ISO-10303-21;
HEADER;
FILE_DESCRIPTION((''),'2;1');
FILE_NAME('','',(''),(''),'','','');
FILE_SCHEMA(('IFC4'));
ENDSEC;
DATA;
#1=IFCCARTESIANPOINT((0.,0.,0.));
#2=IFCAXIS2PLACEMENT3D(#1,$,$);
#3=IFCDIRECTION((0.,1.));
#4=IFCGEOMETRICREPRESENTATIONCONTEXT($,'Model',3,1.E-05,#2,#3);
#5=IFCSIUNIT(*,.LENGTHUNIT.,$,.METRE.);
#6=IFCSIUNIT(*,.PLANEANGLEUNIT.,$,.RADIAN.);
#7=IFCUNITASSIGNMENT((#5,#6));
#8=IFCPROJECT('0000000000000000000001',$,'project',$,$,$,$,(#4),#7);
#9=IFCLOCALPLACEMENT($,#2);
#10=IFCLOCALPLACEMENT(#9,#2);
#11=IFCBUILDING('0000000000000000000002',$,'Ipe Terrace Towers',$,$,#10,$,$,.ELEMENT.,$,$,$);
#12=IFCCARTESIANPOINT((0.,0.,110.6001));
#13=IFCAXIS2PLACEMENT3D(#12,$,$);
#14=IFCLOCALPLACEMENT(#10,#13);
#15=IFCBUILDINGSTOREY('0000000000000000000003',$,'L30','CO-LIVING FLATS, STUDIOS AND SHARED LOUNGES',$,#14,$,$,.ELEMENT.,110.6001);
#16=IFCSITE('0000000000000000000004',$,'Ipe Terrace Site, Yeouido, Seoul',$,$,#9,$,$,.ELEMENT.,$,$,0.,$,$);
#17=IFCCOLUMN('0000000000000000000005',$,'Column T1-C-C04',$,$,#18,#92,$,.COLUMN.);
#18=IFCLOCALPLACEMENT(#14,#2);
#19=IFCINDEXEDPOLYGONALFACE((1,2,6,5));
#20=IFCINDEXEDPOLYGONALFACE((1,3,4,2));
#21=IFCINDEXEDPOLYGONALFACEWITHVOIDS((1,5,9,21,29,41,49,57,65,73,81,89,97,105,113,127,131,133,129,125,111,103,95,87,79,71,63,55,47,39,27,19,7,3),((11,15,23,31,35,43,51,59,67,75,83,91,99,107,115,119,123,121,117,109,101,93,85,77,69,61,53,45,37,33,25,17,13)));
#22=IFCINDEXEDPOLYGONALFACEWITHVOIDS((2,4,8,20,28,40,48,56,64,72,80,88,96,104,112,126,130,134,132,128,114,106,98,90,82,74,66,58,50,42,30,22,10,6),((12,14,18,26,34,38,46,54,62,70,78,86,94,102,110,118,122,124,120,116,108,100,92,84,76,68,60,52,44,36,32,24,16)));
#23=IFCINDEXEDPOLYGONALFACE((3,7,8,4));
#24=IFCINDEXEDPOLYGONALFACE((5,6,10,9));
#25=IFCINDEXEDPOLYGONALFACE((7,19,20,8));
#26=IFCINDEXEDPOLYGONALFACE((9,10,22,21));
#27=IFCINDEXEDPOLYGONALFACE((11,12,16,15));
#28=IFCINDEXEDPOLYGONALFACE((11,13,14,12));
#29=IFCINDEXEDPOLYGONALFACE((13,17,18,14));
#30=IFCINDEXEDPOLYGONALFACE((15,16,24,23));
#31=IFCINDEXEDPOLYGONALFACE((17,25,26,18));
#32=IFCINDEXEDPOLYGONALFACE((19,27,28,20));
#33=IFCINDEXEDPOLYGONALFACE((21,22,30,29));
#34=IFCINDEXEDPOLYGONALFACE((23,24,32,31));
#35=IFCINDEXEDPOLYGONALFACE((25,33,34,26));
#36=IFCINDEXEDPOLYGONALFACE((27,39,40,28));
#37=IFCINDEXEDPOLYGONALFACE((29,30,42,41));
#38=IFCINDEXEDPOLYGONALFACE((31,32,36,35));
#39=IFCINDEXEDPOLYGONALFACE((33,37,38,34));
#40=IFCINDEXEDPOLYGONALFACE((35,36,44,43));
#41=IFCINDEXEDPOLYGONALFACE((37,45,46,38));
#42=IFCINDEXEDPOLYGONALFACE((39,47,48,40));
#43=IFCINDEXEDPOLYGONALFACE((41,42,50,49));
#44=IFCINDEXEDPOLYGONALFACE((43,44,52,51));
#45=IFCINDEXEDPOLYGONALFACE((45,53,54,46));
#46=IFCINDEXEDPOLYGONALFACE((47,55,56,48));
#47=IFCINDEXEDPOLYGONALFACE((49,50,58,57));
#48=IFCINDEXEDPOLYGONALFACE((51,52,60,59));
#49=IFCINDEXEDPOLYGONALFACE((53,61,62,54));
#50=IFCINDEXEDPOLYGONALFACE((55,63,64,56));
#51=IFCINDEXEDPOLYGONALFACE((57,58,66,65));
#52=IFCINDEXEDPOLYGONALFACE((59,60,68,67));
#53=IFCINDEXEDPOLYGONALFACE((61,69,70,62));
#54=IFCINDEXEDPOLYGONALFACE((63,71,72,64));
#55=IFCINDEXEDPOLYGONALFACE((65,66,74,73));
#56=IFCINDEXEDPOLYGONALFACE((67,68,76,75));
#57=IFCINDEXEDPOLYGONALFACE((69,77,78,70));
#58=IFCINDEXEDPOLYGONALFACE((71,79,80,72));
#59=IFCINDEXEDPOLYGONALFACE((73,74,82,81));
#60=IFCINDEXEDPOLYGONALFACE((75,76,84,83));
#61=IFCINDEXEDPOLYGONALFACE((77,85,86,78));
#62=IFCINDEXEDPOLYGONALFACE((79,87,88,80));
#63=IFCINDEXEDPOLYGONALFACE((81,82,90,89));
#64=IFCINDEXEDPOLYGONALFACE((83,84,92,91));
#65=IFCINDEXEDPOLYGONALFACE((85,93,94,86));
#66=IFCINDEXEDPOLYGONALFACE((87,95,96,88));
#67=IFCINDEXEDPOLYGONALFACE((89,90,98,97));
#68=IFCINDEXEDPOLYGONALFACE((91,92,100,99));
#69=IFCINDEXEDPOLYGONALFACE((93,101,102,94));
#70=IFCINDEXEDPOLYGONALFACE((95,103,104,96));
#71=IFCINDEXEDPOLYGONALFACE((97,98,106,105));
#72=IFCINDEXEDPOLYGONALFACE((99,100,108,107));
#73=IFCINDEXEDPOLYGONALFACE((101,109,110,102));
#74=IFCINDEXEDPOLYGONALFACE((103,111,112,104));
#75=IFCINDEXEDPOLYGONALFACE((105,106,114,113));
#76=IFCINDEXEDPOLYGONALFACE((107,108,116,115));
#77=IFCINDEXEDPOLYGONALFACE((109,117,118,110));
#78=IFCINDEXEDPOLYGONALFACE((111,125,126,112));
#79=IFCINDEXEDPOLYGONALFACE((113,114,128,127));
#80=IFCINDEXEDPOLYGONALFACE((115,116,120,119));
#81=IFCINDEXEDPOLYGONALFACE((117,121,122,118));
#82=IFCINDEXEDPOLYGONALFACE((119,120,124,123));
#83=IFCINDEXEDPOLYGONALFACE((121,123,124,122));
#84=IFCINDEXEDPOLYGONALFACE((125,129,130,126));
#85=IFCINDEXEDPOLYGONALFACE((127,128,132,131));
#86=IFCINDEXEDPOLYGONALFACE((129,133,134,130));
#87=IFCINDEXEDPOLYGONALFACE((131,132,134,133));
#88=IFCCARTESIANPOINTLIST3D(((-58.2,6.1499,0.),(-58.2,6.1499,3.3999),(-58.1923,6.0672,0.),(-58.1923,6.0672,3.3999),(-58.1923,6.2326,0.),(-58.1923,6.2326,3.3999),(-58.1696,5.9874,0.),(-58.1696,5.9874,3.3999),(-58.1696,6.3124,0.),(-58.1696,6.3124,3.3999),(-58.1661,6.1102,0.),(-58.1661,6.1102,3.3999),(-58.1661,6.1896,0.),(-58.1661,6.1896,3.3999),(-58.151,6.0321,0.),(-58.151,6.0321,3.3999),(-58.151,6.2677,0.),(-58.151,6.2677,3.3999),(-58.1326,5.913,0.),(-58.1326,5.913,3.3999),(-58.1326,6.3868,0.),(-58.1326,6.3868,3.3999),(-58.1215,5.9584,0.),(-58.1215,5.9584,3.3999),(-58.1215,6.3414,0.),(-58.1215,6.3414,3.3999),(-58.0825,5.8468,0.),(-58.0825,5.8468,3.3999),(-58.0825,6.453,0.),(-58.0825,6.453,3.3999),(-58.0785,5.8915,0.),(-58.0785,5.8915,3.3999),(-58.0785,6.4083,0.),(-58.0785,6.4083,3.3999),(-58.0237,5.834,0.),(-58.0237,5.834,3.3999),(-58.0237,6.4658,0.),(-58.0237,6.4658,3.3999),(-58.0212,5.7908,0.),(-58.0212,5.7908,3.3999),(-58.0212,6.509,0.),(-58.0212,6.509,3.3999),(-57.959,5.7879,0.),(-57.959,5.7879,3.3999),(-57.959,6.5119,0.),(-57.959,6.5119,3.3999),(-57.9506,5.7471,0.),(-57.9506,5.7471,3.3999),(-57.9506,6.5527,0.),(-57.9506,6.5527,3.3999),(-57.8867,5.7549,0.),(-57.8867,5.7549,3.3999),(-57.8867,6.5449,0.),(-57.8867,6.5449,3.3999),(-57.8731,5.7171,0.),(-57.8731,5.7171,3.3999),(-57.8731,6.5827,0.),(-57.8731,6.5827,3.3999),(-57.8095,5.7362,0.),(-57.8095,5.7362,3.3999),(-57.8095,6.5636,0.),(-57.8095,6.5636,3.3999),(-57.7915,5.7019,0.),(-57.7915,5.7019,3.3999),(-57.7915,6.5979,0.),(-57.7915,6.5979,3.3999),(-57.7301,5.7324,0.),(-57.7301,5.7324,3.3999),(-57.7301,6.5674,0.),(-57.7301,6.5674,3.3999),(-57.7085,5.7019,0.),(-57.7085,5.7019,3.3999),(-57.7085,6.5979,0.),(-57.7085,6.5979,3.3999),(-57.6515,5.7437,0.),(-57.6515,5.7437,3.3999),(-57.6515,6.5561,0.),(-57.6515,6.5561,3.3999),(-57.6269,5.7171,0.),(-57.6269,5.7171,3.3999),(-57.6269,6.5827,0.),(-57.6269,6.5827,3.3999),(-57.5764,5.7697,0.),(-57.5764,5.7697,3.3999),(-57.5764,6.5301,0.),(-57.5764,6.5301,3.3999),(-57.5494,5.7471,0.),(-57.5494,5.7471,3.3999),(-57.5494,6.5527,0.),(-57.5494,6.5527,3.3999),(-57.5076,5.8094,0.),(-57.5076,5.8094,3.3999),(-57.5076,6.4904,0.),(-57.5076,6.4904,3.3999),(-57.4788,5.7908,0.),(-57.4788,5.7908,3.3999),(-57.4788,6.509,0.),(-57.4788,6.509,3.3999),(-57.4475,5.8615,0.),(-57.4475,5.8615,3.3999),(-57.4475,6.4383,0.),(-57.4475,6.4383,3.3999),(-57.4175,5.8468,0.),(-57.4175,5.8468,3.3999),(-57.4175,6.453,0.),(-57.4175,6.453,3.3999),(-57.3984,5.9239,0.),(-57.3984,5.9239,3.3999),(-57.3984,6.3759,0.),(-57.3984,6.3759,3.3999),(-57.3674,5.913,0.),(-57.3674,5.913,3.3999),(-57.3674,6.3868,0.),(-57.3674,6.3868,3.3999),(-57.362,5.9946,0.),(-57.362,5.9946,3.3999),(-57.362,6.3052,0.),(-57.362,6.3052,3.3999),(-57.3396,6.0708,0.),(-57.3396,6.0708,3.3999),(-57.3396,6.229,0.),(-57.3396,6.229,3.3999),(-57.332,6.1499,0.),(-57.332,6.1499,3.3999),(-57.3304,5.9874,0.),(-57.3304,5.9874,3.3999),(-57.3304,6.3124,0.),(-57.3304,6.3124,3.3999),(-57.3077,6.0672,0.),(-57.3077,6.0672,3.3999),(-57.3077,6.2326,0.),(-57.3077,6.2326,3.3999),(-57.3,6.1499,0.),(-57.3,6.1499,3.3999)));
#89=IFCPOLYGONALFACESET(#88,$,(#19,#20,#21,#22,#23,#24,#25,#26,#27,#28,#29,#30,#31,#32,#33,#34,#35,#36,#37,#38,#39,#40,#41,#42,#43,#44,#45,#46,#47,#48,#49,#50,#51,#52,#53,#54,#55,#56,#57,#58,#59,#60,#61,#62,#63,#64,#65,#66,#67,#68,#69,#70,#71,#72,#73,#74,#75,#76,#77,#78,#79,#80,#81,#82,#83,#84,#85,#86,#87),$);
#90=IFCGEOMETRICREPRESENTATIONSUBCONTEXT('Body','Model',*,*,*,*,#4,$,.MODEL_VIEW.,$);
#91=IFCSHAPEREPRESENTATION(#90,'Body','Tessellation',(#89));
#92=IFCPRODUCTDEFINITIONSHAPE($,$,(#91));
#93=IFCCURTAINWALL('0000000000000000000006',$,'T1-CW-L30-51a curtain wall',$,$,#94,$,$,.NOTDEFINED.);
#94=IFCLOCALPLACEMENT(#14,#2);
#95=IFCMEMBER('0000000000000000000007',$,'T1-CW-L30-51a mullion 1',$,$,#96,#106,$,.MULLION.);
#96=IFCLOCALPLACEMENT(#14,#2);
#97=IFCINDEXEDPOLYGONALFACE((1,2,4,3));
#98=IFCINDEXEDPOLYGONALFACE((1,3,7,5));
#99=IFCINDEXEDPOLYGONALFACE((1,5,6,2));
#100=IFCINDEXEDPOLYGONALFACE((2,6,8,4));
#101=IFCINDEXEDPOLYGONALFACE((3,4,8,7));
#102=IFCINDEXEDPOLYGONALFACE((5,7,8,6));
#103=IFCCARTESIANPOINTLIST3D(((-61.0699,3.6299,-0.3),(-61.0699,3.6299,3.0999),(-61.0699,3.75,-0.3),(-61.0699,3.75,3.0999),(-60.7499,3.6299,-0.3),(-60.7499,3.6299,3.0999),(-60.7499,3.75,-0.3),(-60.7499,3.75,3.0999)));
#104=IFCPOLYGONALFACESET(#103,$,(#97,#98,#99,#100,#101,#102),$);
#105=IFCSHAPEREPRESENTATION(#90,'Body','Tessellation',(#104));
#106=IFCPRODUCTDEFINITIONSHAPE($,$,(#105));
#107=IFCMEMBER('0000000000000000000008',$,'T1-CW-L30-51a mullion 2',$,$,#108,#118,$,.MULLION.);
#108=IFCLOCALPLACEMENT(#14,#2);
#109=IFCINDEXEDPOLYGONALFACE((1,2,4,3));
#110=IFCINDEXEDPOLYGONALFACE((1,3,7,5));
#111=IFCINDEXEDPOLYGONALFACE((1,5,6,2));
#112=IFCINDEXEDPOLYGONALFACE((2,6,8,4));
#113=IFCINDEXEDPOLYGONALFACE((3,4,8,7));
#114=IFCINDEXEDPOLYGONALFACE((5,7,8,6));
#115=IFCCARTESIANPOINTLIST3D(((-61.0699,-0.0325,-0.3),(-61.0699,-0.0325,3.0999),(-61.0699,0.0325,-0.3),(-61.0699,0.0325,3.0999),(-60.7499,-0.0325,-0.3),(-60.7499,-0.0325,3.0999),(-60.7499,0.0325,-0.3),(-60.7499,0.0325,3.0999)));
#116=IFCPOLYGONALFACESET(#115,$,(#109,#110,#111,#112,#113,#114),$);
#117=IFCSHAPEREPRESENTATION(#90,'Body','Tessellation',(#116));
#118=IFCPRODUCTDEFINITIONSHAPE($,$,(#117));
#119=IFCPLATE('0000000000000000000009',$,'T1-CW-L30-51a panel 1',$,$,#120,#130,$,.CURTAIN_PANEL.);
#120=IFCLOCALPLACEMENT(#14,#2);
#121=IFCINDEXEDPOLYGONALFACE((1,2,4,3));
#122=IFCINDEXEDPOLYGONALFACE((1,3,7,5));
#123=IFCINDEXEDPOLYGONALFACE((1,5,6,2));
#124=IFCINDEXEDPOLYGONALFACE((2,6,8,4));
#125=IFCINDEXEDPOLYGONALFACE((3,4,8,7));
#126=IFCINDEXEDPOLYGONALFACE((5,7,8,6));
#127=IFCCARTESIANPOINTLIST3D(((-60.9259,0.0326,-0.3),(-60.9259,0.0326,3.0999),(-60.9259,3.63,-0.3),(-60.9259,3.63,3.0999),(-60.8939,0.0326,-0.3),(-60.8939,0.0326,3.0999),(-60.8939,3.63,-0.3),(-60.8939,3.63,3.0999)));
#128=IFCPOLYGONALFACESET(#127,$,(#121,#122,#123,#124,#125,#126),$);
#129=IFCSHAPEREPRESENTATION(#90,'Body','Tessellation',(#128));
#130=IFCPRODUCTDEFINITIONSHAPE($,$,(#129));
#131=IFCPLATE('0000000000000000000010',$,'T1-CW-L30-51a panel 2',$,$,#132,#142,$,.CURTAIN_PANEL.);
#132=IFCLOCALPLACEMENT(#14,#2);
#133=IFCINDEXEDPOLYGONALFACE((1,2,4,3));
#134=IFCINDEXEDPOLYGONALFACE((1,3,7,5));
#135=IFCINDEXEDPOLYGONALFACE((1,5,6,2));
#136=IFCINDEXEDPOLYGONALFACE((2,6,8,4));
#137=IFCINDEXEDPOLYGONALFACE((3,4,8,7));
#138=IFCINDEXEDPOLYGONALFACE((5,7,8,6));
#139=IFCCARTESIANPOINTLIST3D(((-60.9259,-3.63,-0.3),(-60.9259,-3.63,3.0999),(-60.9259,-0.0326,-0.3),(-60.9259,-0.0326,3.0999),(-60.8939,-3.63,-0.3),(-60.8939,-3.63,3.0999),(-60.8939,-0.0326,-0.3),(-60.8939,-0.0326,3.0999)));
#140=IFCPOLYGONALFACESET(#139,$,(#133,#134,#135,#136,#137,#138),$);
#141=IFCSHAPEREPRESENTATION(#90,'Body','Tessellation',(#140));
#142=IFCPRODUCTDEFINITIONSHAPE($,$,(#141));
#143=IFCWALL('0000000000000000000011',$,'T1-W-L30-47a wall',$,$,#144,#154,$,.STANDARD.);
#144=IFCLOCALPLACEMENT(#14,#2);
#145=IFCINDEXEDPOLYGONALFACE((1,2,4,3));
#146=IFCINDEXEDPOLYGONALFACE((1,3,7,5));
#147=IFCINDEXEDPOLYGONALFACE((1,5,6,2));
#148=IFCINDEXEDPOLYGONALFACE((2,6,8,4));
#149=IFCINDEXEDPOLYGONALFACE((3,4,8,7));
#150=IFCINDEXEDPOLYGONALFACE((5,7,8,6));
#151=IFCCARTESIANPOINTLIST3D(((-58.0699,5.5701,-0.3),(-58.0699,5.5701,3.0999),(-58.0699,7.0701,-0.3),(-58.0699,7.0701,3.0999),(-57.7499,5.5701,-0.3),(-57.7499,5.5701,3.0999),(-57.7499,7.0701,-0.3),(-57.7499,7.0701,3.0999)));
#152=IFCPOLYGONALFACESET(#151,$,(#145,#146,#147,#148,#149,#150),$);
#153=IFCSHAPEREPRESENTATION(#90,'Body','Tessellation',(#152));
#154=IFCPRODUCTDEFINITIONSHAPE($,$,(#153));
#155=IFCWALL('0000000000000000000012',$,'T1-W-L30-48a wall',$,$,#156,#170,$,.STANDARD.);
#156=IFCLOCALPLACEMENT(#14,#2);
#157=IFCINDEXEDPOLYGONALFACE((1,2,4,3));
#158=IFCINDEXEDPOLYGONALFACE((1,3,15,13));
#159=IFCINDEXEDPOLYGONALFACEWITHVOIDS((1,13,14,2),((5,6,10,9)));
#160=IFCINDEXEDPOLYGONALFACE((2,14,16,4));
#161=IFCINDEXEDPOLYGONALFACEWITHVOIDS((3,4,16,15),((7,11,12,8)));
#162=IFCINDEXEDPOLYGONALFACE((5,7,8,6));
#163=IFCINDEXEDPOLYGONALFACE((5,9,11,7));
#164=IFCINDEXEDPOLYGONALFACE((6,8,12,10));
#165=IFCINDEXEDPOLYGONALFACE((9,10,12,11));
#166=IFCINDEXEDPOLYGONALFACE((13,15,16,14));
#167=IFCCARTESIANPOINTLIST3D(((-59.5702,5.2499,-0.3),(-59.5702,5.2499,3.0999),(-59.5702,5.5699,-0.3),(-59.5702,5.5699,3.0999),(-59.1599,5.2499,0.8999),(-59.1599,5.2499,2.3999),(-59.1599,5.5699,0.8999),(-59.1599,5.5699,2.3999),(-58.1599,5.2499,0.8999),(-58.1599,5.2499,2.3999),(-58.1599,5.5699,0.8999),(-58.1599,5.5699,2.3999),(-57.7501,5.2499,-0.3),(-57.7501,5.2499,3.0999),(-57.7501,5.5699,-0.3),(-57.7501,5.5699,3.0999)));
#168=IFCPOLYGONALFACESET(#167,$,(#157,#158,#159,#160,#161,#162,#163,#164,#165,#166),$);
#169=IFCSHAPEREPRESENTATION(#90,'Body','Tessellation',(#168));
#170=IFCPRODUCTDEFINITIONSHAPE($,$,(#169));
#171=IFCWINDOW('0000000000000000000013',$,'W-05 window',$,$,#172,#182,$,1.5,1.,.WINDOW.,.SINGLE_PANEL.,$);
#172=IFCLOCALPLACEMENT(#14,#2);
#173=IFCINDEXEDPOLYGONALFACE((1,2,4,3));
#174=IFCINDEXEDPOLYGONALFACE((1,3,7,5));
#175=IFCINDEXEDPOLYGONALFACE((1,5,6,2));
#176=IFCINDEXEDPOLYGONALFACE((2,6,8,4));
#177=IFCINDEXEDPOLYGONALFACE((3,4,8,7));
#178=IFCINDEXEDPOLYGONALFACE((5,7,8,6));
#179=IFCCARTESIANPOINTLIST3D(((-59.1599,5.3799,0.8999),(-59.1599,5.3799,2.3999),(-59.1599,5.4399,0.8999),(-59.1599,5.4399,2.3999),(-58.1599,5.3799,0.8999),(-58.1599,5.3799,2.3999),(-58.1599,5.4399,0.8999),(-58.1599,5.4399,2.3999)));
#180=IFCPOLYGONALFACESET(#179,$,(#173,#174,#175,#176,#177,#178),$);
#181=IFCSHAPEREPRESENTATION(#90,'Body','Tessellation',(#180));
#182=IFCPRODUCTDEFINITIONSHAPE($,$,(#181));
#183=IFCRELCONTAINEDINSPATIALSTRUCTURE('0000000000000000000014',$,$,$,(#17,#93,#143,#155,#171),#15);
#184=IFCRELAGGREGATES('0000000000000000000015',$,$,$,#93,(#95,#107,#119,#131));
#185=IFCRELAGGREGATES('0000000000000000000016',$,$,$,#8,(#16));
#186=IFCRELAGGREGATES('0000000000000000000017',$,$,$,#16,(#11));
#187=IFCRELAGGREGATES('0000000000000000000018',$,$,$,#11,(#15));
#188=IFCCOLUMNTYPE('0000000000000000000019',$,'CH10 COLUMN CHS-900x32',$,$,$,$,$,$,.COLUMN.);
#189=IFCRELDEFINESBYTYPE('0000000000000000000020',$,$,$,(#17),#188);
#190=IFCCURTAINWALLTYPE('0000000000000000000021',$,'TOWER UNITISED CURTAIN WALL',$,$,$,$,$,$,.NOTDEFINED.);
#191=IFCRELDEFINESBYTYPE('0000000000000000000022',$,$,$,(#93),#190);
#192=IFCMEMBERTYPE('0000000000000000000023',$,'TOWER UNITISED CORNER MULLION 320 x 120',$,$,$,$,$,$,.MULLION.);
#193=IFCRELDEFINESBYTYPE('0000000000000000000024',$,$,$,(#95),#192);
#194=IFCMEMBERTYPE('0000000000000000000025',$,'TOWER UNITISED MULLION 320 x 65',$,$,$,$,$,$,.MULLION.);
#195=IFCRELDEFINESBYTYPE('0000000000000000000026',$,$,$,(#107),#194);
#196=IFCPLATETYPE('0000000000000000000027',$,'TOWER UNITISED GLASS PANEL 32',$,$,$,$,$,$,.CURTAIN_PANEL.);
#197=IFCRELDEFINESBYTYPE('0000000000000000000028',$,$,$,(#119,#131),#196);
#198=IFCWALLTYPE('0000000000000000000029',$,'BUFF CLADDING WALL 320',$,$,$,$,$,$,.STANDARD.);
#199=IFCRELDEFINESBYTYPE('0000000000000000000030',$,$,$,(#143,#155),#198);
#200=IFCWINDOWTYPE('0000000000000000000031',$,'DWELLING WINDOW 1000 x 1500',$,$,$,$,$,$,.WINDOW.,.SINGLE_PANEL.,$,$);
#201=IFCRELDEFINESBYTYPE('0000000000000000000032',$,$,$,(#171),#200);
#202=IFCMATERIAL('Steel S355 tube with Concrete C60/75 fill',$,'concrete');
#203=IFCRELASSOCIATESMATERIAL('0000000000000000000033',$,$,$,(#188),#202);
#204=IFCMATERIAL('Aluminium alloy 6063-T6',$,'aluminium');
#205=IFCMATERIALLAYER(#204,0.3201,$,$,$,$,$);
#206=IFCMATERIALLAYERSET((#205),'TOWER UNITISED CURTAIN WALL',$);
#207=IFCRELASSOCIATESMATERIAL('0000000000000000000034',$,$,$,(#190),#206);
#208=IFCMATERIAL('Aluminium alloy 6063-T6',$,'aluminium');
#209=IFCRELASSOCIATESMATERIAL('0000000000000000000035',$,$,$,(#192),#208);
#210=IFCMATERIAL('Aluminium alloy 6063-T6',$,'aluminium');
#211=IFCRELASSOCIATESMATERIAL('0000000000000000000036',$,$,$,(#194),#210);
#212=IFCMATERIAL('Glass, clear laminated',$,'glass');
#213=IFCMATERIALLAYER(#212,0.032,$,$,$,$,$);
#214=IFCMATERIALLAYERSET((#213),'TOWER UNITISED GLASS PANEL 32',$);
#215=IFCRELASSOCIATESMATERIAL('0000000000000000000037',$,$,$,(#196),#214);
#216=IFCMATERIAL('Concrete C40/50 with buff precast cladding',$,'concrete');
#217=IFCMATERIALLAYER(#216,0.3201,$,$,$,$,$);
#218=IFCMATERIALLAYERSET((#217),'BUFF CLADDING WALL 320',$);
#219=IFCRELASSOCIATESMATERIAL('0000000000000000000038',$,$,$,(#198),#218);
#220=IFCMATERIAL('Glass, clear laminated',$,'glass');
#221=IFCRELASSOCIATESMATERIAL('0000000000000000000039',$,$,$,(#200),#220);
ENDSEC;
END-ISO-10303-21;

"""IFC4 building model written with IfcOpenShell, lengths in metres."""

from ifc_helpers import new_model, si_unit, direction, frame, frame_2d, origin, origin_2d, place, context, subcontext, project, spatial, rectangle, hollow_circle, extrude, material, layer, layer_set, material_profile, profile_set, type_object, element, fill, aggregate, save


model = new_model("IFC4")

# Units and contexts
model_context = context("Model", 3, precision=1e-05, world=origin(), true_north=direction((0.0, 1.0)))
body_context = subcontext(model_context, "Body", "Model", "MODEL_VIEW")
ifc_project = project(units=[si_unit("LENGTHUNIT", "METRE"), si_unit("PLANEANGLEUNIT", "RADIAN")], contexts=[model_context])

# Site, building, storey
site_placement = place(None, origin())
site = spatial("IfcSite", under=ifc_project, at=site_placement, Name="Ipe Terrace Site, Yeouido, Seoul", CompositionType="ELEMENT", RefElevation=0.0)
building_placement = place(site_placement, origin())
building = spatial("IfcBuilding", under=site, at=building_placement, Name="Ipe Terrace Towers", CompositionType="ELEMENT")
storey_placement = place(building_placement, frame((0.0, 0.0, 110.6001)))
storey = spatial("IfcBuildingStorey", under=building, at=storey_placement, Name="L30", Description="CO-LIVING FLATS, STUDIOS AND SHARED LOUNGES", CompositionType="ELEMENT", Elevation=110.6001)

# Column
ifc_material_1 = material(Name="Steel S355 tube with Concrete C60/75 fill", Category="concrete")
ifc_material_profile_1 = material_profile(ifc_material_1, hollow_circle(Radius=0.45, WallThickness=0.032, at=origin_2d()), Name="CHS-900x32")
ifc_profile_set_1 = profile_set([ifc_material_profile_1], Name="Steel S355 tube with Concrete C60/75 fill")
column_type = type_object("IfcColumnType", Name="CH10 COLUMN CHS-900x32", PredefinedType="COLUMN", material=ifc_profile_set_1)
column_placement = place(storey_placement, frame((-57.75, 6.1499, 0.0), z_axis=(0.0, 0.0, 1.0), x_axis=(1.0, 0.0, 0.0)))
element("IfcColumn", 1, at=column_placement, inside=storey, type_object=column_type, Name="Column T1-C-C04", PredefinedType="COLUMN", context=body_context, shape_type="SweptSolid", body=[
    extrude(hollow_circle(Radius=0.45, WallThickness=0.032, at=origin_2d()), origin(), (0.0, 0.0, 1.0), 3.3999),
])

# Curtain wall, members, plates
ifc_material_2 = material(Name="Aluminium alloy 6063-T6", Category="aluminium")
ifc_layer_1 = layer(ifc_material_2, 0.3201)
ifc_layer_set_1 = layer_set([ifc_layer_1], Name="TOWER UNITISED CURTAIN WALL")
curtain_wall_type = type_object("IfcCurtainWallType", Name="TOWER UNITISED CURTAIN WALL", PredefinedType="NOTDEFINED", material=ifc_layer_set_1)
curtain_wall_placement = place(storey_placement, origin())
curtain_wall = element("IfcCurtainWall", 2, at=curtain_wall_placement, inside=storey, type_object=curtain_wall_type, Name="T1-CW-L30-51a curtain wall", PredefinedType="NOTDEFINED")
ifc_material_3 = material(Name="Aluminium alloy 6063-T6", Category="aluminium")
ifc_material_profile_2 = material_profile(ifc_material_3, rectangle(XDim=0.3201, YDim=0.1201, at=origin_2d()), Name="TOWER UNITISED CORNER MULLION 320 x 120")
ifc_profile_set_2 = profile_set([ifc_material_profile_2], Name="Aluminium alloy 6063-T6")
member_type_1 = type_object("IfcMemberType", Name="TOWER UNITISED CORNER MULLION 320 x 120", PredefinedType="MULLION", material=ifc_profile_set_2)
member_1_placement = place(storey_placement, frame((-60.9099, 3.6899, -0.3), z_axis=(0.0, 0.0, 1.0), x_axis=(-1.0, 0.0, 0.0)))
member_1 = element("IfcMember", 3, at=member_1_placement, type_object=member_type_1, Name="T1-CW-L30-51a mullion 1", PredefinedType="MULLION", context=body_context, shape_type="SweptSolid", body=[
    extrude(rectangle(XDim=0.3201, YDim=0.1201, at=origin_2d()), origin(), (0.0, 0.0, 1.0), 3.3999),
])
ifc_material_4 = material(Name="Aluminium alloy 6063-T6", Category="aluminium")
ifc_material_profile_3 = material_profile(ifc_material_4, rectangle(XDim=0.3201, YDim=0.0649, at=origin_2d()), Name="TOWER UNITISED MULLION 320 x 65")
ifc_profile_set_3 = profile_set([ifc_material_profile_3], Name="Aluminium alloy 6063-T6")
member_type_2 = type_object("IfcMemberType", Name="TOWER UNITISED MULLION 320 x 65", PredefinedType="MULLION", material=ifc_profile_set_3)
member_2_placement = place(storey_placement, frame((-60.9099, 0.0, -0.3), z_axis=(0.0, 0.0, 1.0), x_axis=(-1.0, 0.0, 0.0)))
member_2 = element("IfcMember", 4, at=member_2_placement, type_object=member_type_2, Name="T1-CW-L30-51a mullion 2", PredefinedType="MULLION", context=body_context, shape_type="SweptSolid", body=[
    extrude(rectangle(XDim=0.3201, YDim=0.0649, at=origin_2d()), origin(), (0.0, 0.0, 1.0), 3.3999),
])
ifc_material_5 = material(Name="Glass, clear laminated", Category="glass")
ifc_layer_2 = layer(ifc_material_5, 0.032)
ifc_layer_set_2 = layer_set([ifc_layer_2], Name="TOWER UNITISED GLASS PANEL 32")
plate_type = type_object("IfcPlateType", Name="TOWER UNITISED GLASS PANEL 32", PredefinedType="CURTAIN_PANEL", material=ifc_layer_set_2)
plate_1_placement = place(storey_placement, frame((-60.9099, 1.8313, -0.3), z_axis=(0.0, 0.0, 1.0), x_axis=(0.0, -1.0, 0.0)))
plate_1 = element("IfcPlate", 5, at=plate_1_placement, type_object=plate_type, Name="T1-CW-L30-51a panel 1", PredefinedType="CURTAIN_PANEL", context=body_context, shape_type="SweptSolid", body=[
    extrude(rectangle(XDim=3.5974, YDim=0.032, at=origin_2d()), origin(), (0.0, 0.0, 1.0), 3.3999),
])
plate_2_placement = place(storey_placement, frame((-60.9099, -1.8313, -0.3), z_axis=(0.0, 0.0, 1.0), x_axis=(0.0, -1.0, 0.0)))
plate_2 = element("IfcPlate", 6, at=plate_2_placement, type_object=plate_type, Name="T1-CW-L30-51a panel 2", PredefinedType="CURTAIN_PANEL", context=body_context, shape_type="SweptSolid", body=[
    extrude(rectangle(XDim=3.5974, YDim=0.032, at=origin_2d()), origin(), (0.0, 0.0, 1.0), 3.3999),
])
aggregate(curtain_wall, [member_1, member_2, plate_1, plate_2])

# Wall
ifc_material_6 = material(Name="Concrete C40/50 with buff precast cladding", Category="concrete")
ifc_layer_3 = layer(ifc_material_6, 0.3201)
ifc_layer_set_3 = layer_set([ifc_layer_3], Name="BUFF CLADDING WALL 320")
wall_type_1 = type_object("IfcWallType", Name="BUFF CLADDING WALL 320", PredefinedType="STANDARD", material=ifc_layer_set_3)
wall_1_placement = place(storey_placement, frame((-57.9099, 7.0701, -0.3), z_axis=(0.0, 0.0, 1.0), x_axis=(0.0, -1.0, 0.0)))
element("IfcWall", 7, at=wall_1_placement, inside=storey, type_object=wall_type_1, Name="T1-W-L30-47a wall", PredefinedType="STANDARD", context=body_context, shape_type="SweptSolid", body=[
    extrude(rectangle(XDim=1.5, YDim=0.3201, at=frame_2d((0.75, 0.0))), origin(), (0.0, 0.0, 1.0), 3.3999),
])

# Wall, opening, window
wall_2_placement = place(storey_placement, frame((-57.75, 5.4099, -0.3), z_axis=(0.0, 0.0, 1.0), x_axis=(-1.0, 0.0, 0.0)))
wall_2 = element("IfcWall", 8, at=wall_2_placement, inside=storey, type_object=wall_type_1, Name="T1-W-L30-48a wall", PredefinedType="STANDARD", context=body_context, shape_type="SweptSolid", body=[
    extrude(rectangle(XDim=1.8201, YDim=0.3201, at=frame_2d((0.9102, 0.0))), origin(), (0.0, 0.0, 1.0), 3.3999),
])
opening_1_placement = place(wall_2_placement, frame((0.4099, 0.0, 1.2)))
opening_1 = element("IfcOpeningElement", 9, at=opening_1_placement, cuts=wall_2, PredefinedType="OPENING", context=body_context, shape_type="SweptSolid", body=[
    extrude(rectangle(XDim=1.0, YDim=1.5, at=frame_2d((0.5, 0.75))), frame((0.0, 0.1699, 0.0), z_axis=(0.0, -1.0, 0.0), x_axis=(1.0, 0.0, 0.0)), (0.0, 0.0, 1.0), 0.3401),
])
ifc_material_7 = material(Name="Glass, clear laminated", Category="glass")
window_type = type_object("IfcWindowType", Name="DWELLING WINDOW 1000 x 1500", PartitioningType="SINGLE_PANEL", PredefinedType="WINDOW", material=ifc_material_7)
window_placement = place(opening_1_placement, origin())
window = element("IfcWindow", 10, at=window_placement, inside=storey, type_object=window_type, Name="W-05 window", OverallHeight=1.5, OverallWidth=1.0, PartitioningType="SINGLE_PANEL", PredefinedType="WINDOW", context=body_context, shape_type="SweptSolid", body=[
    extrude(rectangle(XDim=1.0, YDim=1.5, at=frame_2d((0.5, 0.75))), frame((0.0, 0.03, 0.0), z_axis=(0.0, -1.0, 0.0), x_axis=(1.0, 0.0, 0.0)), (0.0, 0.0, 1.0), 0.0601),
])
fill(opening_1, window)

save(model, "model.ifc")
